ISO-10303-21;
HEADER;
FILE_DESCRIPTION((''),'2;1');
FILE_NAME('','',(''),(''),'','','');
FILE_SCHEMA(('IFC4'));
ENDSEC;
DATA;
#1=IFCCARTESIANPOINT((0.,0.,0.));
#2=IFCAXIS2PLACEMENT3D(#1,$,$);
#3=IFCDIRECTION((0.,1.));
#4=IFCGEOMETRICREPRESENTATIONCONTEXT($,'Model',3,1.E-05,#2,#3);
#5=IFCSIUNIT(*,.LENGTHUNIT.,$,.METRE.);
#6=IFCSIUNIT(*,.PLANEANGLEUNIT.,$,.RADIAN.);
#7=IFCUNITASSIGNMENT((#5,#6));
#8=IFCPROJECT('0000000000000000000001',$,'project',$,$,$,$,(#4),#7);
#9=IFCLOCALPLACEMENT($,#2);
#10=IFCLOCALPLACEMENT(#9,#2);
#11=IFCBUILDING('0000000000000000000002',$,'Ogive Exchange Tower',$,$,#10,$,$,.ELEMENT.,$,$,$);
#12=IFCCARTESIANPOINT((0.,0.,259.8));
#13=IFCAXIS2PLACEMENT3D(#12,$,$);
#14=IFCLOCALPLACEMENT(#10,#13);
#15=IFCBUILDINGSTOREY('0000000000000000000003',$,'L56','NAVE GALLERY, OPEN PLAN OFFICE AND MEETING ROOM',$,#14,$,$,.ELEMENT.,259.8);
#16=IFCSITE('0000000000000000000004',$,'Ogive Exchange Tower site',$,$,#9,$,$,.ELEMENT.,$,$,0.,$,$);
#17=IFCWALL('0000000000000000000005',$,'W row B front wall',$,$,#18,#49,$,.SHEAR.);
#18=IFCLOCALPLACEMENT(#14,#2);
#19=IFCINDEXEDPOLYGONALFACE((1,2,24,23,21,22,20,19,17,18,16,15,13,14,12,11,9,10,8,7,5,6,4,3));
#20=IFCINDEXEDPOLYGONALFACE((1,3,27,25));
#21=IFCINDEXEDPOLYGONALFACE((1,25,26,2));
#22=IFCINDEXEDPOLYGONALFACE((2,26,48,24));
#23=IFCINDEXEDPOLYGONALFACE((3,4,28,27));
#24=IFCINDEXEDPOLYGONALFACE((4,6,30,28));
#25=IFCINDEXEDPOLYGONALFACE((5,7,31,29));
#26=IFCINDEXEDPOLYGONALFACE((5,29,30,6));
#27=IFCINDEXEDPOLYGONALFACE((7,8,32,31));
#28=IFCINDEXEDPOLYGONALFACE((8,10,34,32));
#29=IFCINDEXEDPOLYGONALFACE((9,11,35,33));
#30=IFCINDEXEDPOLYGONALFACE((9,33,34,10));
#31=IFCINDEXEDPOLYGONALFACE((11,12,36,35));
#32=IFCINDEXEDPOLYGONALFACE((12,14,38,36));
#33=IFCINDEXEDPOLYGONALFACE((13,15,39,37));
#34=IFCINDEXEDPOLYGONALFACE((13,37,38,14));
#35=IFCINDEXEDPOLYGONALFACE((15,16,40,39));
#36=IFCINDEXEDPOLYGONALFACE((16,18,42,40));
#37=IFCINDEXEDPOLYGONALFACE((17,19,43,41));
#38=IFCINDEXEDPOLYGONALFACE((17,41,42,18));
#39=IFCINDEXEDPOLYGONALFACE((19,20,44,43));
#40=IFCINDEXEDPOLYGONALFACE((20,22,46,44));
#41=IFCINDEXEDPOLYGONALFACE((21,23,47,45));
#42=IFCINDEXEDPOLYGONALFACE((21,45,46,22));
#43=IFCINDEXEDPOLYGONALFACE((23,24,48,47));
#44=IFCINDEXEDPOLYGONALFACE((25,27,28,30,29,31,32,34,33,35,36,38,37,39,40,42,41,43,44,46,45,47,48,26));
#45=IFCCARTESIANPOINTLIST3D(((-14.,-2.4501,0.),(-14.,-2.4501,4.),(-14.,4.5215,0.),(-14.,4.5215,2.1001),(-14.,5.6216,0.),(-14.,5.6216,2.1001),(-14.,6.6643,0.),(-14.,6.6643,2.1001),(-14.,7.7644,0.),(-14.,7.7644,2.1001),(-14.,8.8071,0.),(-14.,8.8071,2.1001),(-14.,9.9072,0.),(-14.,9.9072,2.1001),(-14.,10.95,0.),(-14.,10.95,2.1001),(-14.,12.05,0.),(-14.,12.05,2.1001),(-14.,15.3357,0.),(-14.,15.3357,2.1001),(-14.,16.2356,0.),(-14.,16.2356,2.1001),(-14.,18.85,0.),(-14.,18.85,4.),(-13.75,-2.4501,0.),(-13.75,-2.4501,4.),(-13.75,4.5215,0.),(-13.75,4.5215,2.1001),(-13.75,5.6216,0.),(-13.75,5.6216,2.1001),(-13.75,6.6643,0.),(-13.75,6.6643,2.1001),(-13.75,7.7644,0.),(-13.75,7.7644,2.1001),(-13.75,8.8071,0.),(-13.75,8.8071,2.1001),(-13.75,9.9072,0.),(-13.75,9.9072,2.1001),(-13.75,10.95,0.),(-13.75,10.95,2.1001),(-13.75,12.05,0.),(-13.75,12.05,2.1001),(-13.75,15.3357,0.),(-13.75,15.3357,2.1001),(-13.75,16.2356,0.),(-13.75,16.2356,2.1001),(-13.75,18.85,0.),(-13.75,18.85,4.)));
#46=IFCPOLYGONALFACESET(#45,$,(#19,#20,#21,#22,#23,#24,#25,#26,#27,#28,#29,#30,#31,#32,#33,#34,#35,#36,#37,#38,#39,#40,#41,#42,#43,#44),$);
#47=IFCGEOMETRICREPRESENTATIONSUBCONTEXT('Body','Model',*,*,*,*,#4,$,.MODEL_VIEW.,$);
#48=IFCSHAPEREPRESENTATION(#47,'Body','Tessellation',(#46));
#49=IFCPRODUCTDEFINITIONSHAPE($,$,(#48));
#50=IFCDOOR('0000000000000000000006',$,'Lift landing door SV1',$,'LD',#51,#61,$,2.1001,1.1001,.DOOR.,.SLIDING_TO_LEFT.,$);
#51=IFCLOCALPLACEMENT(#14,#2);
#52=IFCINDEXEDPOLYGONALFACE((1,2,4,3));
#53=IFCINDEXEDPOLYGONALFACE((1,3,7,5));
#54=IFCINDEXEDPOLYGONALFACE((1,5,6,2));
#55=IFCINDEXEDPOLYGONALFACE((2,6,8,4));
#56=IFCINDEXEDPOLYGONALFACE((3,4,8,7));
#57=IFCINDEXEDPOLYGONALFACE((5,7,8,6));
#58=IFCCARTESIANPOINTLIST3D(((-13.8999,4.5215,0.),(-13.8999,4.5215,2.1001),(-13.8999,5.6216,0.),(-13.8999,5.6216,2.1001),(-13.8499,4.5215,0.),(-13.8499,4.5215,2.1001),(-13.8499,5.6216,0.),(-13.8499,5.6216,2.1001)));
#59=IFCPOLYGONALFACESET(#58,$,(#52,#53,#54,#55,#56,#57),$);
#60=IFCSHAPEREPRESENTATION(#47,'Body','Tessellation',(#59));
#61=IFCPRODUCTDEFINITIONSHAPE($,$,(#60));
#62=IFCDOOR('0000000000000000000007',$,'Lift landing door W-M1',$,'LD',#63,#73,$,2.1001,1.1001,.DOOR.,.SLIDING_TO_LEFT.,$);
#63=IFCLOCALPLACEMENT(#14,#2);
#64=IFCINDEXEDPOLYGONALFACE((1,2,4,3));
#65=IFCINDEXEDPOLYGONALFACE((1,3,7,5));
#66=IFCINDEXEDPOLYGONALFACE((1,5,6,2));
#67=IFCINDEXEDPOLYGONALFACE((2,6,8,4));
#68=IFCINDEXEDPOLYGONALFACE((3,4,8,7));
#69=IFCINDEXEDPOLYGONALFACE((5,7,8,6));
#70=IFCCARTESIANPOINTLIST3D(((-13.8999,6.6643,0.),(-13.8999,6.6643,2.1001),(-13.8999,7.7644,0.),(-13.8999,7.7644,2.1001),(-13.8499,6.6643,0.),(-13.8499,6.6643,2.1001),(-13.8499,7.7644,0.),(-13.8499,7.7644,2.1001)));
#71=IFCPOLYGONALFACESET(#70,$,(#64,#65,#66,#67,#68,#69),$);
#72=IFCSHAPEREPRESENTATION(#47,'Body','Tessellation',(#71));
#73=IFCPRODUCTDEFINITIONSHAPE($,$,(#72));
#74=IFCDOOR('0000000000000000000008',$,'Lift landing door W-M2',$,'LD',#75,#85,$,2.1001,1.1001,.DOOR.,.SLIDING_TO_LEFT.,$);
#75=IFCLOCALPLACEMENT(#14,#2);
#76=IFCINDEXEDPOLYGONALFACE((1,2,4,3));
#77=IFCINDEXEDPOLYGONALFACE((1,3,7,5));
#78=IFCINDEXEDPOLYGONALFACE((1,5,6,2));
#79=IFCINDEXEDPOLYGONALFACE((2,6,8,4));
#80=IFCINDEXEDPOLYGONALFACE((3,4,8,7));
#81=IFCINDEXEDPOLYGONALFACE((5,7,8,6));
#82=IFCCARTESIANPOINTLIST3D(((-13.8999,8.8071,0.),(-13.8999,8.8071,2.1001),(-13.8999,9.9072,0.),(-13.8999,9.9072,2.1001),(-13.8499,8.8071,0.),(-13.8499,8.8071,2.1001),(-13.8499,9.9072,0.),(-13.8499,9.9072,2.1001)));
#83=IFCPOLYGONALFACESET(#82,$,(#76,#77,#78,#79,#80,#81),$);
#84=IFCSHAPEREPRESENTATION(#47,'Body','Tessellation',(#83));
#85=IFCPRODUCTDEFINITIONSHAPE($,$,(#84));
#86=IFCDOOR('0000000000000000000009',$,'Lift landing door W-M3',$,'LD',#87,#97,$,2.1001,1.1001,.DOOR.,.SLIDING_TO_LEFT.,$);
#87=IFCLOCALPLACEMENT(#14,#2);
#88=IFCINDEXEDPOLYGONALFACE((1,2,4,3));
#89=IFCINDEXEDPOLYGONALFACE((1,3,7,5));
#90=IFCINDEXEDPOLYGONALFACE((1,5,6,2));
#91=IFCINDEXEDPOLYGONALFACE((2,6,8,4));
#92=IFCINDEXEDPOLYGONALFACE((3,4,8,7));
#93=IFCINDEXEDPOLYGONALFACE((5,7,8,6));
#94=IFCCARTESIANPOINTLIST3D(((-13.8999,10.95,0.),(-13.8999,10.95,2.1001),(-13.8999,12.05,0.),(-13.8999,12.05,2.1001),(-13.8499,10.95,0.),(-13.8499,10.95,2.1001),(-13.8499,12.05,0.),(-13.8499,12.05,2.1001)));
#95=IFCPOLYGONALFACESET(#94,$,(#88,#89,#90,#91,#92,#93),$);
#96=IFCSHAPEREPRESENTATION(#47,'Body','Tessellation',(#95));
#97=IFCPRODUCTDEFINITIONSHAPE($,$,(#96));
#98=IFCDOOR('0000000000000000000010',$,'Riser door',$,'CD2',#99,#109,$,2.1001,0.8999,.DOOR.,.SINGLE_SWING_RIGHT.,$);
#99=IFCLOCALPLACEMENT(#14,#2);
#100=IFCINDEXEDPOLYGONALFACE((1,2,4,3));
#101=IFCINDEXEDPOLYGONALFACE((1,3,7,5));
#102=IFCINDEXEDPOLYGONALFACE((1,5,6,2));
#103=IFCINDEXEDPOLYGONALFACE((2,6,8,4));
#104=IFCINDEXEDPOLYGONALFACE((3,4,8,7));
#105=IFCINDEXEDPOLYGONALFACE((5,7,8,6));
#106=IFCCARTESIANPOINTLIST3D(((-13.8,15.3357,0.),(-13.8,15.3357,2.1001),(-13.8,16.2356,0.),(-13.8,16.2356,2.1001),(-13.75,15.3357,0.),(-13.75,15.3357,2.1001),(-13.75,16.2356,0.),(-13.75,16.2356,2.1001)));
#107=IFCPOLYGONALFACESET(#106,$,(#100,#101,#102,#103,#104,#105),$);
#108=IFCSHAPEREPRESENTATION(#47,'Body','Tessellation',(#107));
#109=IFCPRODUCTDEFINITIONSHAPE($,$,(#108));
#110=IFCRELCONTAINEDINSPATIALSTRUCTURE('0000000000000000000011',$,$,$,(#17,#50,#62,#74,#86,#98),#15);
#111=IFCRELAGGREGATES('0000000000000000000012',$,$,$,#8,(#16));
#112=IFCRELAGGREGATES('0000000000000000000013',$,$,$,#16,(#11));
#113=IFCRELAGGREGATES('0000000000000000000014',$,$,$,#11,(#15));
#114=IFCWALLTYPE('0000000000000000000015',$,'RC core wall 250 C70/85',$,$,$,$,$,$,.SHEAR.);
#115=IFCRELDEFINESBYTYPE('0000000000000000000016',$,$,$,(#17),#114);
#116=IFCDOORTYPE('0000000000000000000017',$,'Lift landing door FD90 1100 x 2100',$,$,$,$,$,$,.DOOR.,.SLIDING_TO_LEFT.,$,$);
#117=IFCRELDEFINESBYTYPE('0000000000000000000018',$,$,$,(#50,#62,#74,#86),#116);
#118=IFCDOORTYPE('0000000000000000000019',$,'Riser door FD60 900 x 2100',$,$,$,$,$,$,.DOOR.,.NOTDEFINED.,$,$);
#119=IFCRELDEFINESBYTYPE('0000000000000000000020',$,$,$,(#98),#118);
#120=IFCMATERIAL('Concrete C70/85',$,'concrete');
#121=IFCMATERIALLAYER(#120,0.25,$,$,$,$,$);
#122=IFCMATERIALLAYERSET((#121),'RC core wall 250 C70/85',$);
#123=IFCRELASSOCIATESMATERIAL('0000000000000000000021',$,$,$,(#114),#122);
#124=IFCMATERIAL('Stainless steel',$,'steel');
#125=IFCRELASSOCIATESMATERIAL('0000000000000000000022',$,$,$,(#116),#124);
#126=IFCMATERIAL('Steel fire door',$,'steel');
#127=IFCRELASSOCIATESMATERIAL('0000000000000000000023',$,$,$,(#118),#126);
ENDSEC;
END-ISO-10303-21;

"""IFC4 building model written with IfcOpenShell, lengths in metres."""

from ifc_helpers import new_model, si_unit, direction, frame, frame_2d, origin, place, context, subcontext, project, spatial, rectangle, extrude, material, layer, layer_set, type_object, element, fill, save


model = new_model("IFC4")

# Units and contexts
model_context = context("Model", 3, precision=1e-05, world=origin(), true_north=direction((0.0, 1.0)))
body_context = subcontext(model_context, "Body", "Model", "MODEL_VIEW")
ifc_project = project(units=[si_unit("LENGTHUNIT", "METRE"), si_unit("PLANEANGLEUNIT", "RADIAN")], contexts=[model_context])

# Site, building, storey
site_placement = place(None, origin())
site = spatial("IfcSite", under=ifc_project, at=site_placement, Name="Ogive Exchange Tower site", CompositionType="ELEMENT", RefElevation=0.0)
building_placement = place(site_placement, origin())
building = spatial("IfcBuilding", under=site, at=building_placement, Name="Ogive Exchange Tower", CompositionType="ELEMENT")
storey_placement = place(building_placement, frame((0.0, 0.0, 259.8)))
storey = spatial("IfcBuildingStorey", under=building, at=storey_placement, Name="L56", Description="NAVE GALLERY, OPEN PLAN OFFICE AND MEETING ROOM", CompositionType="ELEMENT", Elevation=259.8)

# Shared definitions
ifc_material_1 = material(Name="Concrete C70/85", Category="concrete")
ifc_layer_1 = layer(ifc_material_1, 0.25)
ifc_layer_set_1 = layer_set([ifc_layer_1], Name="RC core wall 250 C70/85")
wall_type_1 = type_object("IfcWallType", Name="RC core wall 250 C70/85", PredefinedType="SHEAR", material=ifc_layer_set_1)
ifc_material_2 = material(Name="Steel fire door", Category="steel")

# Wall, openings, doors
wall_1_placement = place(storey_placement, frame((-13.875, -2.45, 0.0), z_axis=(0.0, 0.0, 1.0), x_axis=(0.0, 1.0, 0.0)))
wall_1 = element("IfcWall", 1, at=wall_1_placement, inside=storey, type_object=wall_type_1, Name="W row B front wall", PredefinedType="SHEAR", context=body_context, shape_type="SweptSolid", body=[
    extrude(rectangle(XDim=21.3, YDim=0.25, at=frame_2d((10.6499, 0.0))), origin(), (0.0, 0.0, 1.0), 4.0),
])
opening_1_placement = place(wall_1_placement, frame((17.7856, 0.0, 0.0)))
opening_1 = element("IfcOpeningElement", 2, at=opening_1_placement, cuts=wall_1, PredefinedType="OPENING", context=body_context, shape_type="SweptSolid", body=[
    extrude(rectangle(XDim=0.8999, YDim=2.1001, at=frame_2d((0.45, 1.05))), frame((0.0, 0.135, 0.0), z_axis=(0.0, -1.0, 0.0), x_axis=(1.0, 0.0, 0.0)), (0.0, 0.0, 1.0), 0.27),
])
opening_2_placement = place(wall_1_placement, frame((6.9714, 0.0, 0.0)))
opening_2 = element("IfcOpeningElement", 3, at=opening_2_placement, cuts=wall_1, PredefinedType="OPENING", context=body_context, shape_type="SweptSolid", body=[
    extrude(rectangle(XDim=1.1001, YDim=2.1001, at=frame_2d((0.55, 1.05))), frame((0.0, 0.135, 0.0), z_axis=(0.0, -1.0, 0.0), x_axis=(1.0, 0.0, 0.0)), (0.0, 0.0, 1.0), 0.27),
])
opening_3_placement = place(wall_1_placement, frame((9.1143, 0.0, 0.0)))
opening_3 = element("IfcOpeningElement", 4, at=opening_3_placement, cuts=wall_1, PredefinedType="OPENING", context=body_context, shape_type="SweptSolid", body=[
    extrude(rectangle(XDim=1.1001, YDim=2.1001, at=frame_2d((0.55, 1.05))), frame((0.0, 0.135, 0.0), z_axis=(0.0, -1.0, 0.0), x_axis=(1.0, 0.0, 0.0)), (0.0, 0.0, 1.0), 0.27),
])
opening_4_placement = place(wall_1_placement, frame((11.2571, 0.0, 0.0)))
opening_4 = element("IfcOpeningElement", 5, at=opening_4_placement, cuts=wall_1, PredefinedType="OPENING", context=body_context, shape_type="SweptSolid", body=[
    extrude(rectangle(XDim=1.1001, YDim=2.1001, at=frame_2d((0.55, 1.05))), frame((0.0, 0.135, 0.0), z_axis=(0.0, -1.0, 0.0), x_axis=(1.0, 0.0, 0.0)), (0.0, 0.0, 1.0), 0.27),
])
opening_5_placement = place(wall_1_placement, frame((13.3999, 0.0, 0.0)))
opening_5 = element("IfcOpeningElement", 6, at=opening_5_placement, cuts=wall_1, PredefinedType="OPENING", context=body_context, shape_type="SweptSolid", body=[
    extrude(rectangle(XDim=1.1001, YDim=2.1001, at=frame_2d((0.55, 1.05))), frame((0.0, 0.135, 0.0), z_axis=(0.0, -1.0, 0.0), x_axis=(1.0, 0.0, 0.0)), (0.0, 0.0, 1.0), 0.27),
])
ifc_material_3 = material(Name="Stainless steel", Category="steel")
door_type_1 = type_object("IfcDoorType", Name="Lift landing door FD90 1100 x 2100", OperationType="SLIDING_TO_LEFT", PredefinedType="DOOR", material=ifc_material_3)
door_1_placement = place(opening_2_placement, origin())
door_1 = element("IfcDoor", 7, at=door_1_placement, inside=storey, type_object=door_type_1, Name="Lift landing door SV1", ObjectType="LD", OperationType="SLIDING_TO_LEFT", OverallHeight=2.1001, OverallWidth=1.1001, PredefinedType="DOOR", context=body_context, shape_type="SweptSolid", body=[
    extrude(rectangle(XDim=1.1001, YDim=2.1001, at=frame_2d((0.55, 1.05))), frame((0.0, 0.0249, 0.0), z_axis=(0.0, -1.0, 0.0), x_axis=(1.0, 0.0, 0.0)), (0.0, 0.0, 1.0), 0.05),
])
fill(opening_2, door_1)
door_2_placement = place(opening_3_placement, origin())
door_2 = element("IfcDoor", 8, at=door_2_placement, inside=storey, type_object=door_type_1, Name="Lift landing door W-M1", ObjectType="LD", OperationType="SLIDING_TO_LEFT", OverallHeight=2.1001, OverallWidth=1.1001, PredefinedType="DOOR", context=body_context, shape_type="SweptSolid", body=[
    extrude(rectangle(XDim=1.1001, YDim=2.1001, at=frame_2d((0.55, 1.05))), frame((0.0, 0.0249, 0.0), z_axis=(0.0, -1.0, 0.0), x_axis=(1.0, 0.0, 0.0)), (0.0, 0.0, 1.0), 0.05),
])
fill(opening_3, door_2)
door_3_placement = place(opening_4_placement, origin())
door_3 = element("IfcDoor", 9, at=door_3_placement, inside=storey, type_object=door_type_1, Name="Lift landing door W-M2", ObjectType="LD", OperationType="SLIDING_TO_LEFT", OverallHeight=2.1001, OverallWidth=1.1001, PredefinedType="DOOR", context=body_context, shape_type="SweptSolid", body=[
    extrude(rectangle(XDim=1.1001, YDim=2.1001, at=frame_2d((0.55, 1.05))), frame((0.0, 0.0249, 0.0), z_axis=(0.0, -1.0, 0.0), x_axis=(1.0, 0.0, 0.0)), (0.0, 0.0, 1.0), 0.05),
])
fill(opening_4, door_3)
door_4_placement = place(opening_5_placement, origin())
door_4 = element("IfcDoor", 10, at=door_4_placement, inside=storey, type_object=door_type_1, Name="Lift landing door W-M3", ObjectType="LD", OperationType="SLIDING_TO_LEFT", OverallHeight=2.1001, OverallWidth=1.1001, PredefinedType="DOOR", context=body_context, shape_type="SweptSolid", body=[
    extrude(rectangle(XDim=1.1001, YDim=2.1001, at=frame_2d((0.55, 1.05))), frame((0.0, 0.0249, 0.0), z_axis=(0.0, -1.0, 0.0), x_axis=(1.0, 0.0, 0.0)), (0.0, 0.0, 1.0), 0.05),
])
fill(opening_5, door_4)
door_type_2 = type_object("IfcDoorType", Name="Riser door FD60 900 x 2100", OperationType="NOTDEFINED", PredefinedType="DOOR", material=ifc_material_2)
door_5_placement = place(opening_1_placement, frame((0.8999, -0.2002, 0.0), z_axis=(0.0, 0.0, 1.0), x_axis=(-1.0, 0.0, 0.0)))
door_5 = element("IfcDoor", 11, at=door_5_placement, inside=storey, type_object=door_type_2, Name="Riser door", ObjectType="CD2", OperationType="SINGLE_SWING_RIGHT", OverallHeight=2.1001, OverallWidth=0.8999, PredefinedType="DOOR", context=body_context, shape_type="SweptSolid", body=[
    extrude(rectangle(XDim=0.8999, YDim=2.1001, at=frame_2d((0.45, 1.05))), frame((0.0, -0.0752, 0.0), z_axis=(0.0, -1.0, 0.0), x_axis=(1.0, 0.0, 0.0)), (0.0, 0.0, 1.0), 0.05),
])
fill(opening_1, door_5)

save(model, "model.ifc")
